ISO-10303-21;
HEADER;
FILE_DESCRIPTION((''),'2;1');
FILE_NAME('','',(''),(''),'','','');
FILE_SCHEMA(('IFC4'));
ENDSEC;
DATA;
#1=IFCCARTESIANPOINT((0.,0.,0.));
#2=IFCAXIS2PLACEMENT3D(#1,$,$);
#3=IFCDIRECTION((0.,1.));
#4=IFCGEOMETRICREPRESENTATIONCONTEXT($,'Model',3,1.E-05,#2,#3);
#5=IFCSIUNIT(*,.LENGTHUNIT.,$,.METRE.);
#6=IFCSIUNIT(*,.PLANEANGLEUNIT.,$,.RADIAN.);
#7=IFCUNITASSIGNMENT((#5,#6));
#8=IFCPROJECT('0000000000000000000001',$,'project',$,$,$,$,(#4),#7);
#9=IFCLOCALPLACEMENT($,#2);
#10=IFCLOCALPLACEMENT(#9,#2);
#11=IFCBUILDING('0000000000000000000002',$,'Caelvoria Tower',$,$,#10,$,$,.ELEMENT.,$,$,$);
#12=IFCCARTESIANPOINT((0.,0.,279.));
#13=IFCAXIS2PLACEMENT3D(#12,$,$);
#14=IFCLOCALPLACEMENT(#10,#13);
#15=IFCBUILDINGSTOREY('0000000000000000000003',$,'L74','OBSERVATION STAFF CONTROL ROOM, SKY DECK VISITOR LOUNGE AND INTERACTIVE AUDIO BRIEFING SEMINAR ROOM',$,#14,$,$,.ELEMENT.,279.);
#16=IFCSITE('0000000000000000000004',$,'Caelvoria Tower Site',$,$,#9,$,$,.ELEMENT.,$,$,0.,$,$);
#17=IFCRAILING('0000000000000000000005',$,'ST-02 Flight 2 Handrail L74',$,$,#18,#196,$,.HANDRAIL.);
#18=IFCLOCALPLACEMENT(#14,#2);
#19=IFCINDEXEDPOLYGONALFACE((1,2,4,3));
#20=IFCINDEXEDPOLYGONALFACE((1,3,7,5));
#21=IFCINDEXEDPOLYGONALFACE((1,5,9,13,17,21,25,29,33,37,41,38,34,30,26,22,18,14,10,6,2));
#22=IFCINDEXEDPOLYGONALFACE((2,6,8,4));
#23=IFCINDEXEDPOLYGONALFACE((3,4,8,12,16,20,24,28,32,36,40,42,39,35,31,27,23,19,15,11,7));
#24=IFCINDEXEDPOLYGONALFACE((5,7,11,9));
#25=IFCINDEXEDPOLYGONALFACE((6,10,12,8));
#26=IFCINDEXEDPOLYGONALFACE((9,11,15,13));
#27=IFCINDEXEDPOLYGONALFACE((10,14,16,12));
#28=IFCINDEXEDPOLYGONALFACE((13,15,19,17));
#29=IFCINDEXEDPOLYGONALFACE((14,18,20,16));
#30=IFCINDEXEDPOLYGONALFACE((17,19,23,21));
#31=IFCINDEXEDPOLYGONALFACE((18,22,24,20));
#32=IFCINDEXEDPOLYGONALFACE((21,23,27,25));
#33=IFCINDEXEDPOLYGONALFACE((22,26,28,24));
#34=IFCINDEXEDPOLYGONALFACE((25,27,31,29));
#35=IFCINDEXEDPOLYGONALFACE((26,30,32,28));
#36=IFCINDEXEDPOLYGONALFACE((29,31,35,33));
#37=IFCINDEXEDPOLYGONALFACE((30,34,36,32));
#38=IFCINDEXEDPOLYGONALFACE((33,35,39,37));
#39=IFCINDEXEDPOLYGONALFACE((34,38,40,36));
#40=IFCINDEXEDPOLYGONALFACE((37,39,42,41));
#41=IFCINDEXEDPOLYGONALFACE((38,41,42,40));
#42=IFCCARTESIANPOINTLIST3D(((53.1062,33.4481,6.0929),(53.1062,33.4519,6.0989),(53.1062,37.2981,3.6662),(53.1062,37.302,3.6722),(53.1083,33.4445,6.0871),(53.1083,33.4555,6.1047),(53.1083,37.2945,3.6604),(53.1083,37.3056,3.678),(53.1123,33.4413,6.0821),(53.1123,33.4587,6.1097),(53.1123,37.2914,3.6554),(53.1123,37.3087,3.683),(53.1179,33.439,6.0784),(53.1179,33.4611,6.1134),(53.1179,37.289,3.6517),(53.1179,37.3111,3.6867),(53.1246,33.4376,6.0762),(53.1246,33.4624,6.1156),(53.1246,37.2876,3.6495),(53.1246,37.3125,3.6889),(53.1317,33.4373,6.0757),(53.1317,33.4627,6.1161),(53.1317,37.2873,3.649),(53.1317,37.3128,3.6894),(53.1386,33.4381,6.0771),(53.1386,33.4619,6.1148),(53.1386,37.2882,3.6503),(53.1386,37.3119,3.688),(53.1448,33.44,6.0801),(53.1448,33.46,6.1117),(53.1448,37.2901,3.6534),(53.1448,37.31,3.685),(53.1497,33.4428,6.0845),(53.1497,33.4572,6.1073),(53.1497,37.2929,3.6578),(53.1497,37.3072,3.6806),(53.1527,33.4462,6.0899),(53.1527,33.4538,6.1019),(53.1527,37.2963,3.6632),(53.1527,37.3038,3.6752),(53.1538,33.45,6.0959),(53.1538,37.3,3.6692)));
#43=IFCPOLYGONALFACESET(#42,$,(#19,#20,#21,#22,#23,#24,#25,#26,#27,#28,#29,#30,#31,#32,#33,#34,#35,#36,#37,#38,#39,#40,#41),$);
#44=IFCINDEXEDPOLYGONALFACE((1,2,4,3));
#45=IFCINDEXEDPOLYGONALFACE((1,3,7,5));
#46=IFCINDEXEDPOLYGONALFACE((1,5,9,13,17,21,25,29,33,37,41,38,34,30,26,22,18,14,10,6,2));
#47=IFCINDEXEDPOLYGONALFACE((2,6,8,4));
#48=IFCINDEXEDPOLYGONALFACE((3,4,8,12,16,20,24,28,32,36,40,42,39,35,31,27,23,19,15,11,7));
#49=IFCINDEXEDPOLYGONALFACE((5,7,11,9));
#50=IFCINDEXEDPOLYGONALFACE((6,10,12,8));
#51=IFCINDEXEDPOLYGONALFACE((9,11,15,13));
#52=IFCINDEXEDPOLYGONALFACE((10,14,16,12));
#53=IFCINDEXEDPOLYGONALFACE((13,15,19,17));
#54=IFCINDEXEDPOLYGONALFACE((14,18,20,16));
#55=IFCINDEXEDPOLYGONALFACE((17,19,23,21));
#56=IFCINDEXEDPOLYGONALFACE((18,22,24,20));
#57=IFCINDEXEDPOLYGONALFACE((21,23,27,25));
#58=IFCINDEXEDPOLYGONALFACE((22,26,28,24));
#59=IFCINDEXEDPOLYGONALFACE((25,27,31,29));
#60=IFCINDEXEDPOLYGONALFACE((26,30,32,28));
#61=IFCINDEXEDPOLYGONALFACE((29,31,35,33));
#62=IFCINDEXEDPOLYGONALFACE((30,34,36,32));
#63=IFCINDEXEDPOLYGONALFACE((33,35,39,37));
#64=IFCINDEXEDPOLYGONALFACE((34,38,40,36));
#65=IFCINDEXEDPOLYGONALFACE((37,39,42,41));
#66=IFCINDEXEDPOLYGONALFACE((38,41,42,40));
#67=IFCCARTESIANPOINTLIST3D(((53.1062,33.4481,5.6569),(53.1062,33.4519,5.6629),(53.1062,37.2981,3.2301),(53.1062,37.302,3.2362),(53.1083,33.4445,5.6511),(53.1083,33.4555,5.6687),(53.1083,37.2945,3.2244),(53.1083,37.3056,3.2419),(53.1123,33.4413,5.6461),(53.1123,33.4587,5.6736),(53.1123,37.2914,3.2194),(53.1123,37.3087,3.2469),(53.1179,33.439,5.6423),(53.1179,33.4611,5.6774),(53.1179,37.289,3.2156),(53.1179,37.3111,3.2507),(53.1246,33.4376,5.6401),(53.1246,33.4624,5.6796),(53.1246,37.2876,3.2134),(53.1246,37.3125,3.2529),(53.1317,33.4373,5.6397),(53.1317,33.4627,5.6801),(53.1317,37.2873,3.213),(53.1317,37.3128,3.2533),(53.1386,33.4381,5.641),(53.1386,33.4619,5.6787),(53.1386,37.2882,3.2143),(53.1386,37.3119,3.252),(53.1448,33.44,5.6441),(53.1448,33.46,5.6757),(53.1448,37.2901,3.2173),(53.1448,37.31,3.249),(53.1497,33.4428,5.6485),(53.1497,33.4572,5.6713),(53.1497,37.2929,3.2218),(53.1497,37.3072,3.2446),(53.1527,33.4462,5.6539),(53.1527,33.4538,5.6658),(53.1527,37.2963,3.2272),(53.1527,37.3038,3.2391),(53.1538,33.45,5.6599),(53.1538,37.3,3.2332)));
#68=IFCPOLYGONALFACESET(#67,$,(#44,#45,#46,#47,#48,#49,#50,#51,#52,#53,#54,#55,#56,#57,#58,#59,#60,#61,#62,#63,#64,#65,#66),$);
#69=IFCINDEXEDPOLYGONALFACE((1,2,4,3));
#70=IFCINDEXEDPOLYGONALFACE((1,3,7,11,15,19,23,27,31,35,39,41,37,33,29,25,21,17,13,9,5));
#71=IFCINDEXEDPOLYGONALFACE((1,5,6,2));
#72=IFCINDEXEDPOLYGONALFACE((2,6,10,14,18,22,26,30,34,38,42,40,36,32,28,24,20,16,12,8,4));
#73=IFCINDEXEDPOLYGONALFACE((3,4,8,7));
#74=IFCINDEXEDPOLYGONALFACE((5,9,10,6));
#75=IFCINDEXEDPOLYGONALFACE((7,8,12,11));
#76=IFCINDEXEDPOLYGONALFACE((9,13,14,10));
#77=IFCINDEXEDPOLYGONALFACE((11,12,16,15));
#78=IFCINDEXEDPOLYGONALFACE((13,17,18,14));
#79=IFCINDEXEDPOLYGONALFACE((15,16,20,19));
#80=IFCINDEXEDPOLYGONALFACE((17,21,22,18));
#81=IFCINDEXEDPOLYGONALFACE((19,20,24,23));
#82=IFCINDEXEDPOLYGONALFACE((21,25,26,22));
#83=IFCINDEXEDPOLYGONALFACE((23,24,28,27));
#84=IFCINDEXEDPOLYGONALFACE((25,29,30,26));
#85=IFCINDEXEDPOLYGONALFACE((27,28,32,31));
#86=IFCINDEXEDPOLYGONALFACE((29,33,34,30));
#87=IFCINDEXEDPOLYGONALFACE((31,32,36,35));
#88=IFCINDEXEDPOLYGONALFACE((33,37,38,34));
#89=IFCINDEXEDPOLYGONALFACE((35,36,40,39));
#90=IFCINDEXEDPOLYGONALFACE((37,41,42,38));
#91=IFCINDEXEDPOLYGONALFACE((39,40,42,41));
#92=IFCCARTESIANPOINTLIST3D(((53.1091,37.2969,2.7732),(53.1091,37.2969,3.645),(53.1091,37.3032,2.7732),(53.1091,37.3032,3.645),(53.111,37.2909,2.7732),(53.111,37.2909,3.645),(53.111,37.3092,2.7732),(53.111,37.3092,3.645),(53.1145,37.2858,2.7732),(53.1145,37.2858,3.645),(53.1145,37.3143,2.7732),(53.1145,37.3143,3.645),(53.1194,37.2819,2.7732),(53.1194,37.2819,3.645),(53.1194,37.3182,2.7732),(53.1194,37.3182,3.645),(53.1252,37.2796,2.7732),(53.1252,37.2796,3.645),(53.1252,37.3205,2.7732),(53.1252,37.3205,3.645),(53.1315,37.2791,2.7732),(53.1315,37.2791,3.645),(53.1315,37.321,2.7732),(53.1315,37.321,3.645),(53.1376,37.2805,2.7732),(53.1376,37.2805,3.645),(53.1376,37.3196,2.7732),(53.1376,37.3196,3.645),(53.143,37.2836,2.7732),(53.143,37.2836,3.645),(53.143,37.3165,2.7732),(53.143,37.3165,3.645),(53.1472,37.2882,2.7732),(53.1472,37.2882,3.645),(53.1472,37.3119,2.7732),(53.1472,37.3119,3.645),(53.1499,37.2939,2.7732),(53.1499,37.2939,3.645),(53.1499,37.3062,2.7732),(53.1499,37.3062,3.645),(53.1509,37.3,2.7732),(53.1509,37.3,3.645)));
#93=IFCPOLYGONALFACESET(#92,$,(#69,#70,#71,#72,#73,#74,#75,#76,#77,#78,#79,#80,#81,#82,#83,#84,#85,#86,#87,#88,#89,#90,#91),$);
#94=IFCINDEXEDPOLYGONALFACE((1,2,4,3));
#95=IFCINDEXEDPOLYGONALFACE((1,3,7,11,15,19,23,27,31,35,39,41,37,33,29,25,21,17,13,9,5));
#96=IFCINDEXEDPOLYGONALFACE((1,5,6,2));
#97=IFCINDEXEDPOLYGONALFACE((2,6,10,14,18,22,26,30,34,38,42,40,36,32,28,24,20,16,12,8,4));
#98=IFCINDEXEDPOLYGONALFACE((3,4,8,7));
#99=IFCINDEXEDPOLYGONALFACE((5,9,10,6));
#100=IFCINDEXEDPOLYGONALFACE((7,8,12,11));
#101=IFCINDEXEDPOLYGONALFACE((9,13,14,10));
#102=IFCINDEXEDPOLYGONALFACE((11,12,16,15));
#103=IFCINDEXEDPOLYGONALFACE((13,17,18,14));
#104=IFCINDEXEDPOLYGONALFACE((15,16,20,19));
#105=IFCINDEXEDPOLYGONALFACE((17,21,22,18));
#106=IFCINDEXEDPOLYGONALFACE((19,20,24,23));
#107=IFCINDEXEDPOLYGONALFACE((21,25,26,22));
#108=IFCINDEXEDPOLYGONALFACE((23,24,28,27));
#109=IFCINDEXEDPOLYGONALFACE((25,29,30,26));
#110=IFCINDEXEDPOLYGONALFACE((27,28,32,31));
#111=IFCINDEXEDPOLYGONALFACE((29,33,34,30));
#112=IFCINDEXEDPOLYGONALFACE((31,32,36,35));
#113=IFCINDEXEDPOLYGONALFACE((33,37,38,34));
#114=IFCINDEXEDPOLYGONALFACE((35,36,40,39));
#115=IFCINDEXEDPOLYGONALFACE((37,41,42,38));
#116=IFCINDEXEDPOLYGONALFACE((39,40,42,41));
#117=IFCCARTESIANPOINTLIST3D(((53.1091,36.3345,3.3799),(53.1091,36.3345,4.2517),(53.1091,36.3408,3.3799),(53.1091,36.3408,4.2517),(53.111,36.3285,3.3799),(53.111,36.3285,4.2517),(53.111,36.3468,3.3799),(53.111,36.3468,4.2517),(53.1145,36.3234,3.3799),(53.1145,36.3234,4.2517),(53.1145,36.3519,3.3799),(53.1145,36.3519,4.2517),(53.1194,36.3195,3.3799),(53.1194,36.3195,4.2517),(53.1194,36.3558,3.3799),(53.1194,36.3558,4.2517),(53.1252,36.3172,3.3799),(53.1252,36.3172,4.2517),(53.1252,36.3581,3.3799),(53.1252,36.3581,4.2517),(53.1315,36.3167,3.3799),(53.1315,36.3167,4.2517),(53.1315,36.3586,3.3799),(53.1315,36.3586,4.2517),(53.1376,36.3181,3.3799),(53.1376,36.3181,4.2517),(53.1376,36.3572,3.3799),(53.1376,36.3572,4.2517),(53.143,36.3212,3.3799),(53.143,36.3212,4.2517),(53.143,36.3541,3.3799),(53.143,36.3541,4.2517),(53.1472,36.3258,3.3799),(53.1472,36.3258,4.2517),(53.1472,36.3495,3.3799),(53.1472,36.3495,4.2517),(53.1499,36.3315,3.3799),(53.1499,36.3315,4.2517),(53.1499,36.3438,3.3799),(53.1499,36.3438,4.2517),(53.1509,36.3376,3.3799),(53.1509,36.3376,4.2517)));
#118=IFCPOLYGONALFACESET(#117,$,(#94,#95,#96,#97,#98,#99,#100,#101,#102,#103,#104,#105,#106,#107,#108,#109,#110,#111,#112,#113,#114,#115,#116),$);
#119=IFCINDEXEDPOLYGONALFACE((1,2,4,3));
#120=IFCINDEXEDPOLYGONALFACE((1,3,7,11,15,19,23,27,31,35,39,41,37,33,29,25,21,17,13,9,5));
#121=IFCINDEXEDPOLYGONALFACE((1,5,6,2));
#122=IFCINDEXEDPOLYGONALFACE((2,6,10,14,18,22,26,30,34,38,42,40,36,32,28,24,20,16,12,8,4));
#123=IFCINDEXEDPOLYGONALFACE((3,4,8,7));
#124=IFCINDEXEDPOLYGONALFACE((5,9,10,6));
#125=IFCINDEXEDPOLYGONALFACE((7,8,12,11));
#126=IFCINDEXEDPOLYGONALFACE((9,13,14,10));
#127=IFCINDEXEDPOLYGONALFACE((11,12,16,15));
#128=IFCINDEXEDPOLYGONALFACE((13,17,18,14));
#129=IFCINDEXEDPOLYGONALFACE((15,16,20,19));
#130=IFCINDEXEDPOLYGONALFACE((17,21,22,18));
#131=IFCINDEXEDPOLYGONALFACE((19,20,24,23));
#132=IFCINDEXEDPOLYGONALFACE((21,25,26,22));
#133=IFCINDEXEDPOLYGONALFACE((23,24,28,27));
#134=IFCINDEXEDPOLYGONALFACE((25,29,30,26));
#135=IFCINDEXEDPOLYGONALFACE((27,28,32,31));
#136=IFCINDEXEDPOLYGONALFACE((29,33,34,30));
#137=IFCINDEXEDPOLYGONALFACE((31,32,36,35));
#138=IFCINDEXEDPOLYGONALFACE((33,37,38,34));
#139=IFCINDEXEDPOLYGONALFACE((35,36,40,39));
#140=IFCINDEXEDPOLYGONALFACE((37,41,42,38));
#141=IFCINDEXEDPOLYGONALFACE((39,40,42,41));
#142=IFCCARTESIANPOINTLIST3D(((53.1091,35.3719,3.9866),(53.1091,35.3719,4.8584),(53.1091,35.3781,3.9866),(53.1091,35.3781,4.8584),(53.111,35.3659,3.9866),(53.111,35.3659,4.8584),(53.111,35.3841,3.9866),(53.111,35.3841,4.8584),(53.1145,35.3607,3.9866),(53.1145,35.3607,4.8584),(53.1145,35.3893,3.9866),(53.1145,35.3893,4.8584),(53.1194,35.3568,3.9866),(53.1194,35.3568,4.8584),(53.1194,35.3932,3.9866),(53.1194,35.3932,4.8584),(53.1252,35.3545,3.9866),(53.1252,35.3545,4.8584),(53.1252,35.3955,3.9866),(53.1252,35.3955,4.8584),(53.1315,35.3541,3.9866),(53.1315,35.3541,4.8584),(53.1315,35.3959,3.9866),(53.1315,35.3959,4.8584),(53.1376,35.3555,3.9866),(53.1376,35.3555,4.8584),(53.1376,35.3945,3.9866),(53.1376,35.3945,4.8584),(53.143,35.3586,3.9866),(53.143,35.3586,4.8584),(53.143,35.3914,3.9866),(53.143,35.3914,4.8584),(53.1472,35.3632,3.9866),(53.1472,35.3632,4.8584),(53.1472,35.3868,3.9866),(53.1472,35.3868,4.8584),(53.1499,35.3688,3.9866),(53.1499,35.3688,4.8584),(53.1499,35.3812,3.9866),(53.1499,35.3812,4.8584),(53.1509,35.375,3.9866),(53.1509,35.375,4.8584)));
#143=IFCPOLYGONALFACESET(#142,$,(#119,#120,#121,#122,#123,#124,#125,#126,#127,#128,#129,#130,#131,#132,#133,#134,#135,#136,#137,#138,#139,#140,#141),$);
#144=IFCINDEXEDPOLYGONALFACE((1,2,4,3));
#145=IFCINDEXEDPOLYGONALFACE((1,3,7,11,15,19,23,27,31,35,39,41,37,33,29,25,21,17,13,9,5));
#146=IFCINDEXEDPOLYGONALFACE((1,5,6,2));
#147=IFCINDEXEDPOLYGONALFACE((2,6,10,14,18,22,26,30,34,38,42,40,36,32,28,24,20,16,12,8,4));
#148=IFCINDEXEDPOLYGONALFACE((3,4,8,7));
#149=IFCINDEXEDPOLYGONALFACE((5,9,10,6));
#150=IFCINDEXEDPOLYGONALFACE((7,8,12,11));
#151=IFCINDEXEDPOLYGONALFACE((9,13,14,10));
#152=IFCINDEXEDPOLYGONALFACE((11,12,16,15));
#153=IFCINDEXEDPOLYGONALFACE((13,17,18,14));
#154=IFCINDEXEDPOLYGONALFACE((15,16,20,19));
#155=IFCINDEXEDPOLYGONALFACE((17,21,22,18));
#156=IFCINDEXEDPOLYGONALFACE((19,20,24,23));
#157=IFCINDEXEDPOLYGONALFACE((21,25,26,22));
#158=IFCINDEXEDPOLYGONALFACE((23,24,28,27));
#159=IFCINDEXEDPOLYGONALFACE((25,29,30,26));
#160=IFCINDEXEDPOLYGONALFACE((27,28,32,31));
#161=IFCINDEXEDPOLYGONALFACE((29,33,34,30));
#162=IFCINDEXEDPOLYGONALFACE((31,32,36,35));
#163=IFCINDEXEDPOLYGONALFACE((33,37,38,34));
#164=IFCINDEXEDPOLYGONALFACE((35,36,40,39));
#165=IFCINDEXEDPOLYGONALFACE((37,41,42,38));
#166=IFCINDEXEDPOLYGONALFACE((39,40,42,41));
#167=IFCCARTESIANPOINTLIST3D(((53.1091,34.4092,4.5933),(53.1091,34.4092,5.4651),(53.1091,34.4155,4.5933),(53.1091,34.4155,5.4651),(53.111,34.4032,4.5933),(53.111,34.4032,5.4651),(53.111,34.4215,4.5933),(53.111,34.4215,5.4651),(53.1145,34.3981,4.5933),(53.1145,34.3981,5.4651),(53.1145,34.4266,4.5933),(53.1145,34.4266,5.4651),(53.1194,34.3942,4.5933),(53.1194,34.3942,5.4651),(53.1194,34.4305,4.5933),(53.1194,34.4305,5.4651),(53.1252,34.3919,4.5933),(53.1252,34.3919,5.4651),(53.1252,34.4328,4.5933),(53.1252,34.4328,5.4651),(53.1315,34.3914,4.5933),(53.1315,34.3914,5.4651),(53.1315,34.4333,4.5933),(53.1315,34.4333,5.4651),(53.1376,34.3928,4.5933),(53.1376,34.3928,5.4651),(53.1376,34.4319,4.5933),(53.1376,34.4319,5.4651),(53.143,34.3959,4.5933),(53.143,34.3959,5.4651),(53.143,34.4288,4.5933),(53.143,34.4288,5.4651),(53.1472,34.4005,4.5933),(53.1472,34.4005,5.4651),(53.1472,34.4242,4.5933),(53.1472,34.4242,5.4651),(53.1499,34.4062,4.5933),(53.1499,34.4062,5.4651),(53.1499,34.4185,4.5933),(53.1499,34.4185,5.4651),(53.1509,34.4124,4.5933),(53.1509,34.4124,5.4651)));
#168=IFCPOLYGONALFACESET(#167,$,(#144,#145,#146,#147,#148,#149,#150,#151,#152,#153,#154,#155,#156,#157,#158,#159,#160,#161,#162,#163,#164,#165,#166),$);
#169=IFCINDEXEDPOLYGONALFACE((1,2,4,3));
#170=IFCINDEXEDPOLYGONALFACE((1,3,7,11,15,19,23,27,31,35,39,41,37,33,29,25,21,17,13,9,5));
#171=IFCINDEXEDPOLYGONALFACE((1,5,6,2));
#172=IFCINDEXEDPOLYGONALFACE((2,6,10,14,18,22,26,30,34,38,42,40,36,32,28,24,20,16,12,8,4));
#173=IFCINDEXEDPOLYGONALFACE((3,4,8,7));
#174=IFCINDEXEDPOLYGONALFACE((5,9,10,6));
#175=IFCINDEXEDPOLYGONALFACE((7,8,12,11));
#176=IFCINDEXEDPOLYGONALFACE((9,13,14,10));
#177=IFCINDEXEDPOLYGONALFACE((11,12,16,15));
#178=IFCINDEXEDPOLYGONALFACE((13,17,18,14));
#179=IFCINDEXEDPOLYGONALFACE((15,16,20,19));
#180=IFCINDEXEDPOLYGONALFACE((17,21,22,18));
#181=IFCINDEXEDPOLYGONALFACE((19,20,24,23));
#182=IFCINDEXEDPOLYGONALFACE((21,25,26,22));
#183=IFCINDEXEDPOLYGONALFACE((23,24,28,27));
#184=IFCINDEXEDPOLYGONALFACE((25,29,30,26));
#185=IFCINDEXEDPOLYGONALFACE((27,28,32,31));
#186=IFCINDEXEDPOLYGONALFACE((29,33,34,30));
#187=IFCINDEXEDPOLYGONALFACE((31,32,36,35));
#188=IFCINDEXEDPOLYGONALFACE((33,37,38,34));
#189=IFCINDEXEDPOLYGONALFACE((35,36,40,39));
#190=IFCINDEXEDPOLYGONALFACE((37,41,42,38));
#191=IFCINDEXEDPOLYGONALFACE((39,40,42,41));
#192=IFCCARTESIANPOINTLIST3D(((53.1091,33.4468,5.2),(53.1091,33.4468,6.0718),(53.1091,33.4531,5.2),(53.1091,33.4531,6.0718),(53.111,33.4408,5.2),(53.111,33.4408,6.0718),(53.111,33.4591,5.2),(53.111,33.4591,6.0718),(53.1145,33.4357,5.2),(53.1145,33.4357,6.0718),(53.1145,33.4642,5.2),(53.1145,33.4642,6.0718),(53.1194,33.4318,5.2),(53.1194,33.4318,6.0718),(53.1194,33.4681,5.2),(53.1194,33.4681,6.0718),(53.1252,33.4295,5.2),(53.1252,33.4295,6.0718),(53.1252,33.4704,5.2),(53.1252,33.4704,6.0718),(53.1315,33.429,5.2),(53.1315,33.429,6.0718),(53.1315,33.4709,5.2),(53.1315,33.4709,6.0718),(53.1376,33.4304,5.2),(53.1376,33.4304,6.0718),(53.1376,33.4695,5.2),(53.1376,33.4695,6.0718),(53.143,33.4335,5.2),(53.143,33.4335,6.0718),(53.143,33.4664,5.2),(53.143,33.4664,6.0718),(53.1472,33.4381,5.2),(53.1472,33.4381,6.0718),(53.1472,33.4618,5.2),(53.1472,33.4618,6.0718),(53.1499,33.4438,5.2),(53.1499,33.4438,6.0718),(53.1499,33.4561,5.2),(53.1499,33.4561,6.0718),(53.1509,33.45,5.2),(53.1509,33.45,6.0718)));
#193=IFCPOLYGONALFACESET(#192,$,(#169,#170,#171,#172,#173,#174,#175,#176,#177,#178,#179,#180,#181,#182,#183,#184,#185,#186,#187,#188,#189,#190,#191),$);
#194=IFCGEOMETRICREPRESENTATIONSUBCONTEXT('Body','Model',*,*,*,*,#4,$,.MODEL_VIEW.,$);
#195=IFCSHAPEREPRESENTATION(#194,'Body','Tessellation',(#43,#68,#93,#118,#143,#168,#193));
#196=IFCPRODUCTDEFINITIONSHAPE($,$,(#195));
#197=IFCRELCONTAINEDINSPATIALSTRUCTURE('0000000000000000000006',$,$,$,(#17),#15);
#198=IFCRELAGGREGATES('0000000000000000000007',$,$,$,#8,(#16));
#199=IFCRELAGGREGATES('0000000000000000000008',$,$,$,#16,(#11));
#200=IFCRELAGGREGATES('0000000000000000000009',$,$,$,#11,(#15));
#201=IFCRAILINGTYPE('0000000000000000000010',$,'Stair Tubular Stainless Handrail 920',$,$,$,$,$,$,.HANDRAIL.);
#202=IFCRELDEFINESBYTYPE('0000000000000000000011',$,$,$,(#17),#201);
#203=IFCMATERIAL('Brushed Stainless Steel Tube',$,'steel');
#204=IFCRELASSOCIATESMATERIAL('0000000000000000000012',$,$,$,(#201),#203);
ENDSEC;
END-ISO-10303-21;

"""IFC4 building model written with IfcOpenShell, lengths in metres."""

from ifc_helpers import new_model, si_unit, direction, frame, origin, origin_2d, place, context, subcontext, project, spatial, circle, extrude, material, type_object, element, save


model = new_model("IFC4")

# Units and contexts
model_context = context("Model", 3, precision=1e-05, world=origin(), true_north=direction((0.0, 1.0)))
body_context = subcontext(model_context, "Body", "Model", "MODEL_VIEW")
ifc_project = project(units=[si_unit("LENGTHUNIT", "METRE"), si_unit("PLANEANGLEUNIT", "RADIAN")], contexts=[model_context])

# Site, building, storey
site_placement = place(None, origin())
site = spatial("IfcSite", under=ifc_project, at=site_placement, Name="Caelvoria Tower Site", CompositionType="ELEMENT", RefElevation=0.0)
building_placement = place(site_placement, origin())
building = spatial("IfcBuilding", under=site, at=building_placement, Name="Caelvoria Tower", CompositionType="ELEMENT")
storey_placement = place(building_placement, frame((0.0, 0.0, 279.0)))
storey = spatial("IfcBuildingStorey", under=building, at=storey_placement, Name="L74", Description="OBSERVATION STAFF CONTROL ROOM, SKY DECK VISITOR LOUNGE AND INTERACTIVE AUDIO BRIEFING SEMINAR ROOM", CompositionType="ELEMENT", Elevation=279.0)

# Railing
ifc_material_1 = material(Name="Brushed Stainless Steel Tube", Category="steel")
railing_type_1 = type_object("IfcRailingType", Name="Stair Tubular Stainless Handrail 920", PredefinedType="HANDRAIL", material=ifc_material_1)
railing_1_placement = place(storey_placement, frame((53.1299, 37.3, 2.7732)))
element("IfcRailing", 1, at=railing_1_placement, inside=storey, type_object=railing_type_1, Name="ST-02 Flight 2 Handrail L74", PredefinedType="HANDRAIL", context=body_context, shape_type="SweptSolid", body=[
    extrude(circle(Radius=0.0239, at=origin_2d()), frame((0.0, 0.0, 0.896), z_axis=(0.0, -0.845973, 0.533226), x_axis=(1.0, 0.0, 0.0)), (0.0, 0.0, 1.0), 4.551),
    extrude(circle(Radius=0.0239, at=origin_2d()), frame((0.0, 0.0, 0.46), z_axis=(0.0, -0.845973, 0.533226), x_axis=(1.0, 0.0, 0.0)), (0.0, 0.0, 1.0), 4.551),
    extrude(circle(Radius=0.021, at=origin_2d()), origin(), (0.0, 0.0, 1.0), 0.8718),
    extrude(circle(Radius=0.021, at=origin_2d()), frame((0.0, -0.9624, 0.6067)), (0.0, 0.0, 1.0), 0.8718),
    extrude(circle(Radius=0.021, at=origin_2d()), frame((0.0, -1.925, 1.2134)), (0.0, 0.0, 1.0), 0.8718),
    extrude(circle(Radius=0.021, at=origin_2d()), frame((0.0, -2.8877, 1.8201)), (0.0, 0.0, 1.0), 0.8718),
    extrude(circle(Radius=0.021, at=origin_2d()), frame((0.0, -3.8501, 2.4268)), (0.0, 0.0, 1.0), 0.8718),
])

save(model, "model.ifc")
